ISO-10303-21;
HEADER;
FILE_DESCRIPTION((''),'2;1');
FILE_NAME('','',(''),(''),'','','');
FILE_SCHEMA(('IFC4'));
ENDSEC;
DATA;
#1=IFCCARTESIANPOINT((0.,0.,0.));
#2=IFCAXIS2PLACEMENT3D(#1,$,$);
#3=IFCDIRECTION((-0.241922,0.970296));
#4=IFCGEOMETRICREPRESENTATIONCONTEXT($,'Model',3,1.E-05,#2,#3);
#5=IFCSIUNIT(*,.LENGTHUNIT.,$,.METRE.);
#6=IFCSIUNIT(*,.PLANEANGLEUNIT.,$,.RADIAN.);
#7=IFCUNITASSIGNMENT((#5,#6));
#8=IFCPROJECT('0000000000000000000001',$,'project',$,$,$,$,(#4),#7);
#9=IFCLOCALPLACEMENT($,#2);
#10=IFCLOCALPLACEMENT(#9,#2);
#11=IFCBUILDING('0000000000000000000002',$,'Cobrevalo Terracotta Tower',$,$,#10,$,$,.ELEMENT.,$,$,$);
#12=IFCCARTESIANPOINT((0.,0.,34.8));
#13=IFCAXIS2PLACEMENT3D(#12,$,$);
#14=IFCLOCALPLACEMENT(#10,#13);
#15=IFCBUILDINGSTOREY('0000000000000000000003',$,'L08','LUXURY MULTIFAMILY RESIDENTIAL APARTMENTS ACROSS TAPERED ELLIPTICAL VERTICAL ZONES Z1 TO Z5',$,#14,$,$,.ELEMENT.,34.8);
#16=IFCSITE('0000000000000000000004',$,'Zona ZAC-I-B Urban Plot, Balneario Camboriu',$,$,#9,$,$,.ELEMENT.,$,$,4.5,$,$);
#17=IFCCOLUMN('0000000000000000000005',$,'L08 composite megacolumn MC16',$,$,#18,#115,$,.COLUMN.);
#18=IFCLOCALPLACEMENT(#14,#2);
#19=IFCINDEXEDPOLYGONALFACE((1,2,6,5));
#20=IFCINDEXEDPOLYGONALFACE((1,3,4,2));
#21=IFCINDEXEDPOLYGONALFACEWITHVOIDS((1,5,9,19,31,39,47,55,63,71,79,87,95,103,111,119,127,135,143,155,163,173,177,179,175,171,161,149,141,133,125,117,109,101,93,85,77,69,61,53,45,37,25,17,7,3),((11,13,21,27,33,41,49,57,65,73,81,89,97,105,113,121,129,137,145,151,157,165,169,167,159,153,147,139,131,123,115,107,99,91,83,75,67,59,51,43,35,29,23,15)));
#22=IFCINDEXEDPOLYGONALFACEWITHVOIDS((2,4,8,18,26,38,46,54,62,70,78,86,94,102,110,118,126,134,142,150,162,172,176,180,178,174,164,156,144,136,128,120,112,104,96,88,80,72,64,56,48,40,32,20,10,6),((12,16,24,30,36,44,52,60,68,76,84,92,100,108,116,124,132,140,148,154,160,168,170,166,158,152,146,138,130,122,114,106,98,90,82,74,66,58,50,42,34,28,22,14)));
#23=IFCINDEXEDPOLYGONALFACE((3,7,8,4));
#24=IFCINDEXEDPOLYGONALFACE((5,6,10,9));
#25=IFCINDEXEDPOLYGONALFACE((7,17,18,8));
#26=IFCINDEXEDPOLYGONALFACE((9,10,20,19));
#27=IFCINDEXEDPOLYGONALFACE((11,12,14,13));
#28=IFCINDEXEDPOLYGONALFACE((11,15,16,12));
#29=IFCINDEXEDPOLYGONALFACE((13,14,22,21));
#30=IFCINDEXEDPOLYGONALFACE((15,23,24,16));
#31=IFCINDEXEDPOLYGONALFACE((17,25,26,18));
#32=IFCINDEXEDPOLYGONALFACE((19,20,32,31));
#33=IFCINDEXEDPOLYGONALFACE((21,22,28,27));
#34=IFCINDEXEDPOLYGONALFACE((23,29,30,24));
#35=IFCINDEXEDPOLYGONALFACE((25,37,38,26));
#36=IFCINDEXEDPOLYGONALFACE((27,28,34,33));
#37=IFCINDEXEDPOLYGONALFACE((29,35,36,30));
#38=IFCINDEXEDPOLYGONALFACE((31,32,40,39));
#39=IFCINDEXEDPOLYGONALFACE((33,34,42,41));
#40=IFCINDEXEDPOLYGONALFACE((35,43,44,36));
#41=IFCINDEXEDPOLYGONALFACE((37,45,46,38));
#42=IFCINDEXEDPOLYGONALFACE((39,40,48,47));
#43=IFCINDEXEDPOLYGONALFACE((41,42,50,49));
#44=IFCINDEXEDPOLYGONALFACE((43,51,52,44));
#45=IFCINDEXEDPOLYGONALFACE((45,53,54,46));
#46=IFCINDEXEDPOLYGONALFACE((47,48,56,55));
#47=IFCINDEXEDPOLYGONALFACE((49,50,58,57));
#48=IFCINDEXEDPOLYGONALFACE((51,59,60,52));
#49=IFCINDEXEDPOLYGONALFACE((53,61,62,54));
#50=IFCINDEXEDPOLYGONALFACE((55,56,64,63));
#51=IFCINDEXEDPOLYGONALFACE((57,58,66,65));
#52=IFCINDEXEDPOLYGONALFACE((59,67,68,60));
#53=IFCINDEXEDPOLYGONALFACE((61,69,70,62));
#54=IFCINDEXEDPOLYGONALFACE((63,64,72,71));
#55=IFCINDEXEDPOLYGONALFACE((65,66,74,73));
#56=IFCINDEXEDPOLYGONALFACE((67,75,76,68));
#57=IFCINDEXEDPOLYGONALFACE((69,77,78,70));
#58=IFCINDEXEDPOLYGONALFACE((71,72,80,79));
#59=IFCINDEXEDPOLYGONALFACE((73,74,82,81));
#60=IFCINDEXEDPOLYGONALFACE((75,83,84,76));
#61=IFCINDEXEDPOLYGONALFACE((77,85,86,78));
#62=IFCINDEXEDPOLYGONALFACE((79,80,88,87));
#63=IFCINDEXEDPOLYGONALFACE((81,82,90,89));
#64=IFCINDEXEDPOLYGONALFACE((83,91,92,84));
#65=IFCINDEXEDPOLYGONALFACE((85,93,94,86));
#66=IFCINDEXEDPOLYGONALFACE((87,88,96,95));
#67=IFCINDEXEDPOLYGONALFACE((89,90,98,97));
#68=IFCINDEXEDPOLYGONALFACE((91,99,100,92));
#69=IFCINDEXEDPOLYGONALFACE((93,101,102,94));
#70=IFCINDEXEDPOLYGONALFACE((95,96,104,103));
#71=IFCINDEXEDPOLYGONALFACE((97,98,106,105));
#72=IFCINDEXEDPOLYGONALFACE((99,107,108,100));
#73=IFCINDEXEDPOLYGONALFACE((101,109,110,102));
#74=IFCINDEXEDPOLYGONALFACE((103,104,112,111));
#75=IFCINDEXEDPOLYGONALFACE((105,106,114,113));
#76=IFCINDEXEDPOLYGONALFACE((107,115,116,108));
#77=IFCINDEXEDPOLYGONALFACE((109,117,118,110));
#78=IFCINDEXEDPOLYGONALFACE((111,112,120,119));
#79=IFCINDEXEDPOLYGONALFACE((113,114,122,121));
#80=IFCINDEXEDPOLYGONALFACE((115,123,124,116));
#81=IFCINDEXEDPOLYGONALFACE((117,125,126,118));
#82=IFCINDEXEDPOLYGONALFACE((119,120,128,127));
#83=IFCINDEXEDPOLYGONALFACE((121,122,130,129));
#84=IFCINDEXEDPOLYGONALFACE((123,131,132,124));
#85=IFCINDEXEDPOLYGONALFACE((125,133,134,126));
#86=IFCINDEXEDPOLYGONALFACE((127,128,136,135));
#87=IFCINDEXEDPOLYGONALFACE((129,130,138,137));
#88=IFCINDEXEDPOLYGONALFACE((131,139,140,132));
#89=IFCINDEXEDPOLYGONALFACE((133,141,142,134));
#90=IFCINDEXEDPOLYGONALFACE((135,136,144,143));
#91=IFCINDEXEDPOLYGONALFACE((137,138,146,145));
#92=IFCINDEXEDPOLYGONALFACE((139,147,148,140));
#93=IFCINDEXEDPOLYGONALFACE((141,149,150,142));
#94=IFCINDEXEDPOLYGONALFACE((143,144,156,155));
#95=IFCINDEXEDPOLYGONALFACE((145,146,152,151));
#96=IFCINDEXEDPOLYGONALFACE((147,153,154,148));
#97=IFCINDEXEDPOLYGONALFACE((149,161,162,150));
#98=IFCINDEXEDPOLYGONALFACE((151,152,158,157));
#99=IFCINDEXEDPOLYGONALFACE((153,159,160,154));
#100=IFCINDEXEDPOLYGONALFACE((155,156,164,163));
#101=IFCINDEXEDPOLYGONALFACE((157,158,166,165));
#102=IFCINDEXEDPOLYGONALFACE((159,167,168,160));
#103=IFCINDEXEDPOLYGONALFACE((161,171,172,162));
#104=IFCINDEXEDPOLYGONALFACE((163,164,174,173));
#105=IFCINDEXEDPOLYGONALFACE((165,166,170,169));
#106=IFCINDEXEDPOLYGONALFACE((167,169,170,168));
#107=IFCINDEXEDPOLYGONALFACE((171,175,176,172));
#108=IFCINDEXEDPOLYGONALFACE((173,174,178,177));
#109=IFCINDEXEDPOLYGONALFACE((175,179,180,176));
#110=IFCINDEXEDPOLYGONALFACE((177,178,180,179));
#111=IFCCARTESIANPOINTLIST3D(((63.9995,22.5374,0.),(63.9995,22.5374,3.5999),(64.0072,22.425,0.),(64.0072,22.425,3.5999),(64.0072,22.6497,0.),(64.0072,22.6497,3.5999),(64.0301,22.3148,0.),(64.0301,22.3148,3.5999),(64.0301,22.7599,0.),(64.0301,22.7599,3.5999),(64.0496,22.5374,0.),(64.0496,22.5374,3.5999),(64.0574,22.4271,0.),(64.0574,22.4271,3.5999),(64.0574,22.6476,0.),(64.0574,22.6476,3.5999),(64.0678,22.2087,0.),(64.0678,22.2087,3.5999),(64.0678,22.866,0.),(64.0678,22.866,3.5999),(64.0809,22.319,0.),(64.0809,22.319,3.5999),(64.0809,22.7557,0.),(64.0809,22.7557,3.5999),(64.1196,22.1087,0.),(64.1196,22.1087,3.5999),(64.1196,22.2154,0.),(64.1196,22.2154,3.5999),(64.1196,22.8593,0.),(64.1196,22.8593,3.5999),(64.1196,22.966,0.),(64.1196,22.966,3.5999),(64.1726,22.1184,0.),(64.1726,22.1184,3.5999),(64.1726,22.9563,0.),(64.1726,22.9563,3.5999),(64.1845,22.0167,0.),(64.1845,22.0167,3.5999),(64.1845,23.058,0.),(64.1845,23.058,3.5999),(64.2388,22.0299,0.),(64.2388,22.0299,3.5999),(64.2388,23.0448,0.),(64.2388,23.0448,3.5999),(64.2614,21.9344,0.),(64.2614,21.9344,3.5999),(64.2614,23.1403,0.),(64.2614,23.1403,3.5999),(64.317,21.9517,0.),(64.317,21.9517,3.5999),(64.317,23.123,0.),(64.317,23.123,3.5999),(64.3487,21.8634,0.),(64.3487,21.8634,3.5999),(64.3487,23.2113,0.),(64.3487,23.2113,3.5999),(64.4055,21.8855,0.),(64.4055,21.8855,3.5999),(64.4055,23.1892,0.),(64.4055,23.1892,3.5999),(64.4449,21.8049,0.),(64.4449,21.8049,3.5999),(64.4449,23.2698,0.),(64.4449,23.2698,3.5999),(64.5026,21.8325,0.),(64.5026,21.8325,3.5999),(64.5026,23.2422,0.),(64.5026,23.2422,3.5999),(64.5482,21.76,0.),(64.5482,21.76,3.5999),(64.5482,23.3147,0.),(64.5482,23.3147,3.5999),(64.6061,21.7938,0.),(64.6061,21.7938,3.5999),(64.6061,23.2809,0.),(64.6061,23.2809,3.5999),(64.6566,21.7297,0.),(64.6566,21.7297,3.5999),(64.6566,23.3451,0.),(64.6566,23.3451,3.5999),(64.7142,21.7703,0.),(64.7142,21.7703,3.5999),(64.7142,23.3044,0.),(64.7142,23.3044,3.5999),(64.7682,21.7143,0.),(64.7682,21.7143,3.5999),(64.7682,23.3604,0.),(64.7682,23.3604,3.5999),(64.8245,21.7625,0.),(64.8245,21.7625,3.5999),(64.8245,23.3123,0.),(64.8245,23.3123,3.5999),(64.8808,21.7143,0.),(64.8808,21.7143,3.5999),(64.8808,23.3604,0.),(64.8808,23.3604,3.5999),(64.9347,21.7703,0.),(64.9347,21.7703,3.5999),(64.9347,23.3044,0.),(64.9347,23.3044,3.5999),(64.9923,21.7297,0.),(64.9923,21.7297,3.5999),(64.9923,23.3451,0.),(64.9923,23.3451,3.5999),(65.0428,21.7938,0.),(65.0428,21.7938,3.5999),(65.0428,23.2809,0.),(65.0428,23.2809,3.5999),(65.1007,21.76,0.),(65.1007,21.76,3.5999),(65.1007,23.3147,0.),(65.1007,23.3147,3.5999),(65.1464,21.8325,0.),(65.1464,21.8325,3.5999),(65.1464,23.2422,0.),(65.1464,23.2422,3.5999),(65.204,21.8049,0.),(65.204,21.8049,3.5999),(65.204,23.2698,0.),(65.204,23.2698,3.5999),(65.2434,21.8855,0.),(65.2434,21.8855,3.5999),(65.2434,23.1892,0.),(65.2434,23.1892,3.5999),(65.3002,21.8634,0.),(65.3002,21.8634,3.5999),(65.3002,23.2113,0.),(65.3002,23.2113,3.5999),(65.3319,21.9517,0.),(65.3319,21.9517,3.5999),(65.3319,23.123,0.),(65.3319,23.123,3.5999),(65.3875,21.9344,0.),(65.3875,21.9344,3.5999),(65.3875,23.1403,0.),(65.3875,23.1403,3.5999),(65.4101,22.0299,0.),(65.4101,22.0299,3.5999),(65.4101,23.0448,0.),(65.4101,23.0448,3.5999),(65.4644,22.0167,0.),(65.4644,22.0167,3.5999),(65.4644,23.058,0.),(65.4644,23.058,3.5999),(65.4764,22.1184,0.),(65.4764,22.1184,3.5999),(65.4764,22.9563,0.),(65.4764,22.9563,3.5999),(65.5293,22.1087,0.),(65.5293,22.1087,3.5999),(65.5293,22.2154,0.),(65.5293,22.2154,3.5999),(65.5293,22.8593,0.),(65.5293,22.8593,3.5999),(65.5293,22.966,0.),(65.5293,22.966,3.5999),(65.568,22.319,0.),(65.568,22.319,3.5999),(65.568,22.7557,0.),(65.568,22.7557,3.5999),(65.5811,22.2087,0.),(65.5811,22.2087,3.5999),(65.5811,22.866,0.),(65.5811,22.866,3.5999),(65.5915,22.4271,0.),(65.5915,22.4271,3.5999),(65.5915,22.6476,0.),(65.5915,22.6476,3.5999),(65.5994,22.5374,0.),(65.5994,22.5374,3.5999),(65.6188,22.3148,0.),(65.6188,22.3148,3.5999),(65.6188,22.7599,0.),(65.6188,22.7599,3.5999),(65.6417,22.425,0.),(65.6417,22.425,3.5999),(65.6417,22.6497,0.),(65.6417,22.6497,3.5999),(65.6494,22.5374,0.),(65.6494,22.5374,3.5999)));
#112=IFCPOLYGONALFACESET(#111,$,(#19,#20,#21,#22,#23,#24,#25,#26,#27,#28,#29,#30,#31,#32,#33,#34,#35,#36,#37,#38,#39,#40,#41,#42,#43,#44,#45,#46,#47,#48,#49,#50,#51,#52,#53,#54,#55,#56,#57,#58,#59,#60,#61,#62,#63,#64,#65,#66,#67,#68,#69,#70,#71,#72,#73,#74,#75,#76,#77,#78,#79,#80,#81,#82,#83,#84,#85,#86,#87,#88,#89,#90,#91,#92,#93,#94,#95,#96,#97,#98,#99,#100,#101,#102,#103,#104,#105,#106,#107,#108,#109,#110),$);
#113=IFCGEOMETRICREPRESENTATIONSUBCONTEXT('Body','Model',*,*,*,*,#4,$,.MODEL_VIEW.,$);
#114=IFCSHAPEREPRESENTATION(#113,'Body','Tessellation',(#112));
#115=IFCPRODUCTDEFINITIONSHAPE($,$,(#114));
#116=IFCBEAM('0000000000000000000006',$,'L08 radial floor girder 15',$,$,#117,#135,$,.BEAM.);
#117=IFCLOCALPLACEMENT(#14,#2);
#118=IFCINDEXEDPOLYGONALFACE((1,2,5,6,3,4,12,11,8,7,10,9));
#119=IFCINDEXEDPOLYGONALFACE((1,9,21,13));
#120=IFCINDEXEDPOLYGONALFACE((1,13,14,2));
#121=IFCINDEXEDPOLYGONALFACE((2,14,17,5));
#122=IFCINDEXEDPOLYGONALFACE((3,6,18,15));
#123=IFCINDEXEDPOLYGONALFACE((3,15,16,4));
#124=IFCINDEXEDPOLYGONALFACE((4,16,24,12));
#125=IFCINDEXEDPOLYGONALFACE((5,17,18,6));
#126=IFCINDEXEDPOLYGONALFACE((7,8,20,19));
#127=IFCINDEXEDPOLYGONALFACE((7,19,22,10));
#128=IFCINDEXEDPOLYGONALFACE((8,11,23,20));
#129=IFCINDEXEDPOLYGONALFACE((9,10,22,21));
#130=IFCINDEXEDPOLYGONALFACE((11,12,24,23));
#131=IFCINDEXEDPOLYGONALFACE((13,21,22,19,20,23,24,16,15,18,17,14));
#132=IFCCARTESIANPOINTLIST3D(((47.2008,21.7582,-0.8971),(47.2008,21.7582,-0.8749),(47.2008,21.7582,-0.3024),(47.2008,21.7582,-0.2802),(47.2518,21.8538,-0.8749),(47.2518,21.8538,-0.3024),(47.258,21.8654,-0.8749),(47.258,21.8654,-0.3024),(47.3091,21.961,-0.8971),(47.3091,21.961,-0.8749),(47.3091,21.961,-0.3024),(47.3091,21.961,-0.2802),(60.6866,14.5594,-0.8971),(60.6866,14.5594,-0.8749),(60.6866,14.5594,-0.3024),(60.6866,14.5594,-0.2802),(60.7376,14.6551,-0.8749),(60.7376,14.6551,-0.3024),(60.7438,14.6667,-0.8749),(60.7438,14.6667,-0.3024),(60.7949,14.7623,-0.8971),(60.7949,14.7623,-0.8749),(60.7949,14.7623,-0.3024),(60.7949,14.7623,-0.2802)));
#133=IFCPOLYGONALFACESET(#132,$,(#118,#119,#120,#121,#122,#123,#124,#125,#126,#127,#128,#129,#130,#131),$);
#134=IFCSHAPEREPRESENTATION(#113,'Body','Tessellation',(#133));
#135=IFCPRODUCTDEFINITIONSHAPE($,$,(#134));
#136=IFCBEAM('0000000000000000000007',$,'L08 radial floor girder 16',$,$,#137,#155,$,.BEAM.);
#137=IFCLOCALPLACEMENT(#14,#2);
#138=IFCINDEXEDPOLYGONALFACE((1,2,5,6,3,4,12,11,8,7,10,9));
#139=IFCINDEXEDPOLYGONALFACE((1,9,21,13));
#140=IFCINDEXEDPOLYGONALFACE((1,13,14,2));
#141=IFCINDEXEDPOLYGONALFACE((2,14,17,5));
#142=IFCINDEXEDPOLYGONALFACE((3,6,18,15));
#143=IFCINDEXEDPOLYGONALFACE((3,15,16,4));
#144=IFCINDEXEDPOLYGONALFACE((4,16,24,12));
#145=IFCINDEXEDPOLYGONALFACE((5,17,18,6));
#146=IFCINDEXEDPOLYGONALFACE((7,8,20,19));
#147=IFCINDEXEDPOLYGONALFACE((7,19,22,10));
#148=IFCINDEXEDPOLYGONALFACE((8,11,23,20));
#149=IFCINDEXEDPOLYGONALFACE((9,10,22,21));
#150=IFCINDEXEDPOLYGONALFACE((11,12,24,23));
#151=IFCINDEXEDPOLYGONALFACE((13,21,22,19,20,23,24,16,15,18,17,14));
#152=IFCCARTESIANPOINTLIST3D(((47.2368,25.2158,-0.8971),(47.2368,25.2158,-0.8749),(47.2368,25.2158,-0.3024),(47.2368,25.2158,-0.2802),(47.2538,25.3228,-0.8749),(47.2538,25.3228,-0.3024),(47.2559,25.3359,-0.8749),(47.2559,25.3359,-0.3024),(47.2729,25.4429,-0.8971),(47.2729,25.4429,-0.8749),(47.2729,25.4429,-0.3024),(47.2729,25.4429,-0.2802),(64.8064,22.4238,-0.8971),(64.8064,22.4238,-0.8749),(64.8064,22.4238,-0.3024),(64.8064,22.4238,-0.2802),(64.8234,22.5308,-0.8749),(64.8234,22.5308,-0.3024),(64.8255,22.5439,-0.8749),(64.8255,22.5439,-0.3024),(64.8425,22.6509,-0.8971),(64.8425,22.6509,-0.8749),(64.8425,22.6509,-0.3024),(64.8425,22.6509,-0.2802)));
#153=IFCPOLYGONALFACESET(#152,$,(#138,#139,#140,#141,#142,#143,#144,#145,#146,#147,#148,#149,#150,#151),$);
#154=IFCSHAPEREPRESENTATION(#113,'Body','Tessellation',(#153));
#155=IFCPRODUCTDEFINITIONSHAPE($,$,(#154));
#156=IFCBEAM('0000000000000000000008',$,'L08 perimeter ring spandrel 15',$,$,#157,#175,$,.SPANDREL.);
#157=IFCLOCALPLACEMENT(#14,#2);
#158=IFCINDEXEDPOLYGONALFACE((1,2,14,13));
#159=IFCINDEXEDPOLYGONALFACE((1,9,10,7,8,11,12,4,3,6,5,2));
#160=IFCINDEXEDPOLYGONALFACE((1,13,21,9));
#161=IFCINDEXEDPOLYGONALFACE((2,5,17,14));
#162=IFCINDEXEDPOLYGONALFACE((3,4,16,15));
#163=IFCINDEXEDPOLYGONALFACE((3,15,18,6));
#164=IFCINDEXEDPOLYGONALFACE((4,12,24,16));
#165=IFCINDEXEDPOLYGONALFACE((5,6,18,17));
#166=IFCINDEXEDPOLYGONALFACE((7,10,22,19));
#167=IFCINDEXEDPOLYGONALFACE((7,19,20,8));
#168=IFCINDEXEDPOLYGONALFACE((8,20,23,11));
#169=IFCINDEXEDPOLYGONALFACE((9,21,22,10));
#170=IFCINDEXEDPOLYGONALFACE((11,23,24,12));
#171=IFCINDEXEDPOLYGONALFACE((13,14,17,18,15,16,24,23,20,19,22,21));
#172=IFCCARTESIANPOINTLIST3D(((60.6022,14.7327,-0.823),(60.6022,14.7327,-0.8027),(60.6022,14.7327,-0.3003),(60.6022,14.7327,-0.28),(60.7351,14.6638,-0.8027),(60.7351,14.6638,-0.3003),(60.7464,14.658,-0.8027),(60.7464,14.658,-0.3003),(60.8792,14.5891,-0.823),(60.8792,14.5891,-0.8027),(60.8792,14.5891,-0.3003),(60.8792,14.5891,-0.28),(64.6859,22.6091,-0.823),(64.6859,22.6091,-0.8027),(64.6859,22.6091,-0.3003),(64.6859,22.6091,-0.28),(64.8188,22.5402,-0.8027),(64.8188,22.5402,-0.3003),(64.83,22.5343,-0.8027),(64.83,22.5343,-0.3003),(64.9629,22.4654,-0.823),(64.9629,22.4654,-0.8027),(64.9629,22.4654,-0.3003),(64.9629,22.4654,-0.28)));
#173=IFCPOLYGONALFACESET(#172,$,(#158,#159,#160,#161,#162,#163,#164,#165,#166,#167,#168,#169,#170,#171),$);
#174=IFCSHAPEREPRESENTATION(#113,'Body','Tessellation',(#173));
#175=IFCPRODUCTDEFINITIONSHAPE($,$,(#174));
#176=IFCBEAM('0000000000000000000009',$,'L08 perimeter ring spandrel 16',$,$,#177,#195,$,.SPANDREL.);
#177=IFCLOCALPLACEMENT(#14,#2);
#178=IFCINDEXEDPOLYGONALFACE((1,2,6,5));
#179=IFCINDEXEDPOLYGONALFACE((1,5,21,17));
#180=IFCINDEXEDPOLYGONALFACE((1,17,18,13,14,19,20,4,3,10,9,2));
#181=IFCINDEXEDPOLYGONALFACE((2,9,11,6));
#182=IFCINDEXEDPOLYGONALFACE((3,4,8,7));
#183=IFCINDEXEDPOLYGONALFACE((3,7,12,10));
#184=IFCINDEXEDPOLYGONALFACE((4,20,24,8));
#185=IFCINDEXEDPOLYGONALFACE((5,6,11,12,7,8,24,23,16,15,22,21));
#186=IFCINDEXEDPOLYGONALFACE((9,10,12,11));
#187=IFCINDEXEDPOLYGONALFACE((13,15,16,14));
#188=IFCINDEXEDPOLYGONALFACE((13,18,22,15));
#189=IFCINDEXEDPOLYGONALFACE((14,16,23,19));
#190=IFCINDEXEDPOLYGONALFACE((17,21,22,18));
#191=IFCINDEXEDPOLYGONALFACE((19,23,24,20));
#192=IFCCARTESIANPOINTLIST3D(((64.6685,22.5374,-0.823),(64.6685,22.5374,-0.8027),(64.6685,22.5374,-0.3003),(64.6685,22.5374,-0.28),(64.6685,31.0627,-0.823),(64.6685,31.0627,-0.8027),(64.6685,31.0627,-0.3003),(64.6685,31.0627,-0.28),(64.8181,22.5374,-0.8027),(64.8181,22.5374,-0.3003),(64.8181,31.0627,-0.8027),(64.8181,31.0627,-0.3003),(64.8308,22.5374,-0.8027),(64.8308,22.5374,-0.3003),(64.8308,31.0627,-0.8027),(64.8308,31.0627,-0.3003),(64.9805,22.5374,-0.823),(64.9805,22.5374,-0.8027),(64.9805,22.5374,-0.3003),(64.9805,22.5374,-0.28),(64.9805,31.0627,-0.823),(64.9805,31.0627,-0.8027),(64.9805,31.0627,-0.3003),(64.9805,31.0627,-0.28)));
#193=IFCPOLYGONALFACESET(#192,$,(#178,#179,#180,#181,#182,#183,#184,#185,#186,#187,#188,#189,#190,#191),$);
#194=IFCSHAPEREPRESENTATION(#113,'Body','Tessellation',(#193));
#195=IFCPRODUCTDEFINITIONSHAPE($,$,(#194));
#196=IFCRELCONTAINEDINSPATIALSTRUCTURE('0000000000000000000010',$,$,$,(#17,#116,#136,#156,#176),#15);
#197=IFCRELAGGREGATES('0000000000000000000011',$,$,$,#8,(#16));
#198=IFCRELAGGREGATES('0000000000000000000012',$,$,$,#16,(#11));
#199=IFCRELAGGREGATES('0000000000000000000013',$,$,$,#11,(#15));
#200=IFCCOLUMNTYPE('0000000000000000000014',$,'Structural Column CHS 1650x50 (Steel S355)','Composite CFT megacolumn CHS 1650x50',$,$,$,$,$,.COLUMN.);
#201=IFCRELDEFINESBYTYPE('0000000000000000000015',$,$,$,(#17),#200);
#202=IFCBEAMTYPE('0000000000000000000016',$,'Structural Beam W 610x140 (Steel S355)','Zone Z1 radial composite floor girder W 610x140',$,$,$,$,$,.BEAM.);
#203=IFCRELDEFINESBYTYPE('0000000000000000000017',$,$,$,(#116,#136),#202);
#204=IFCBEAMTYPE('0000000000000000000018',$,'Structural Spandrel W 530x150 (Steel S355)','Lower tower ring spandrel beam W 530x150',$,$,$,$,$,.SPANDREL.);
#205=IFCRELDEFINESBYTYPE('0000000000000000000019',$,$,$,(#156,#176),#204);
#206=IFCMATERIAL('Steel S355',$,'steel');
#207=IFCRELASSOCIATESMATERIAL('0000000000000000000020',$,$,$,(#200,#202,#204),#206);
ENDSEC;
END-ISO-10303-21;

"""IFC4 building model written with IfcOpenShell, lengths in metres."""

from ifc_helpers import new_model, si_unit, direction, frame, origin, origin_2d, place, context, subcontext, project, spatial, hollow_circle, i_section, extrude, material, material_profile, profile_set, type_object, element, save


model = new_model("IFC4")

# Units and contexts
model_context = context("Model", 3, precision=1e-05, world=origin(), true_north=direction((-0.241922, 0.970296)))
body_context = subcontext(model_context, "Body", "Model", "MODEL_VIEW")
ifc_project = project(units=[si_unit("LENGTHUNIT", "METRE"), si_unit("PLANEANGLEUNIT", "RADIAN")], contexts=[model_context])

# Site, building, storey
site_placement = place(None, origin())
site = spatial("IfcSite", under=ifc_project, at=site_placement, Name="Zona ZAC-I-B Urban Plot, Balneario Camboriu", CompositionType="ELEMENT", RefElevation=4.5)
building_placement = place(site_placement, origin())
building = spatial("IfcBuilding", under=site, at=building_placement, Name="Cobrevalo Terracotta Tower", CompositionType="ELEMENT")
storey_placement = place(building_placement, frame((0.0, 0.0, 34.8)))
storey = spatial("IfcBuildingStorey", under=building, at=storey_placement, Name="L08", Description="LUXURY MULTIFAMILY RESIDENTIAL APARTMENTS ACROSS TAPERED ELLIPTICAL VERTICAL ZONES Z1 TO Z5", CompositionType="ELEMENT", Elevation=34.8)

# Column
ifc_material_1 = material(Name="Steel S355", Category="steel")
ifc_material_profile_1 = material_profile(ifc_material_1, hollow_circle(Radius=0.825, WallThickness=0.05, at=origin_2d()), Name="CHS 1650x50")
ifc_profile_set_1 = profile_set([ifc_material_profile_1], Name="Steel S355")
column_type = type_object("IfcColumnType", Name="Structural Column CHS 1650x50 (Steel S355)", Description="Composite CFT megacolumn CHS 1650x50", PredefinedType="COLUMN", material=ifc_profile_set_1)
for number, where, z_axis, x_axis, name in (
    (1, (64.8245, 22.5374, 0.0), (0.0, 0.0, 1.0), (1.0, 0.0, 0.0), "L08 composite megacolumn MC16"),
):
    element("IfcColumn", number, at=place(storey_placement, frame(where, z_axis=z_axis, x_axis=x_axis)), inside=storey, type_object=column_type, Name=name, PredefinedType="COLUMN", context=body_context, shape_type="SweptSolid", body=[
        extrude(hollow_circle(Radius=0.825, WallThickness=0.05, at=origin_2d()), origin(), (0.0, 0.0, 1.0), 3.5999),
    ])

# Beams
ifc_material_profile_2 = material_profile(ifc_material_1, i_section(OverallWidth=0.23, OverallDepth=0.6169, WebThickness=0.0132, FlangeThickness=0.0222, at=origin_2d()), Name="W 610x140")
ifc_profile_set_2 = profile_set([ifc_material_profile_2], Name="Steel S355")
beam_type_1 = type_object("IfcBeamType", Name="Structural Beam W 610x140 (Steel S355)", Description="Zone Z1 radial composite floor girder W 610x140", PredefinedType="BEAM", material=ifc_profile_set_2)
beam_1_placement = place(storey_placement, frame((60.7407, 14.6609, -0.5886), z_axis=(-0.882182, 0.470908, 0.0), x_axis=(-0.470908, -0.882182, 0.0)))
element("IfcBeam", 2, at=beam_1_placement, inside=storey, type_object=beam_type_1, Name="L08 radial floor girder 15", PredefinedType="BEAM", context=body_context, shape_type="SweptSolid", body=[
    extrude(i_section(OverallWidth=0.23, OverallDepth=0.6169, WebThickness=0.0132, FlangeThickness=0.0222, at=origin_2d()), origin(), (0.0, 0.0, 1.0), 15.2869),
])
beam_2_placement = place(storey_placement, frame((64.8245, 22.5374, -0.5886), z_axis=(-0.987608, 0.156941, 0.0), x_axis=(-0.156941, -0.987608, 0.0)))
element("IfcBeam", 3, at=beam_2_placement, inside=storey, type_object=beam_type_1, Name="L08 radial floor girder 16", PredefinedType="BEAM", context=body_context, shape_type="SweptSolid", body=[
    extrude(i_section(OverallWidth=0.23, OverallDepth=0.6169, WebThickness=0.0132, FlangeThickness=0.0222, at=origin_2d()), origin(), (0.0, 0.0, 1.0), 17.79),
])
ifc_material_profile_3 = material_profile(ifc_material_1, i_section(OverallWidth=0.312, OverallDepth=0.543, WebThickness=0.0127, FlangeThickness=0.0203, at=origin_2d()), Name="W 530x150")
ifc_profile_set_3 = profile_set([ifc_material_profile_3], Name="Steel S355")
beam_type_2 = type_object("IfcBeamType", Name="Structural Spandrel W 530x150 (Steel S355)", Description="Lower tower ring spandrel beam W 530x150", PredefinedType="SPANDREL", material=ifc_profile_set_3)
beam_3_placement = place(storey_placement, frame((60.7407, 14.6609, -0.5515), z_axis=(0.460286, 0.887771, 0.0), x_axis=(-0.887771, 0.460286, 0.0)))
element("IfcBeam", 4, at=beam_3_placement, inside=storey, type_object=beam_type_2, Name="L08 perimeter ring spandrel 15", PredefinedType="SPANDREL", context=body_context, shape_type="SweptSolid", body=[
    extrude(i_section(OverallWidth=0.312, OverallDepth=0.543, WebThickness=0.0127, FlangeThickness=0.0203, at=origin_2d()), origin(), (0.0, 0.0, 1.0), 8.8721),
])
beam_4_placement = place(storey_placement, frame((64.8245, 22.5374, -0.5515), z_axis=(0.0, 1.0, 0.0), x_axis=(-1.0, 0.0, 0.0)))
element("IfcBeam", 5, at=beam_4_placement, inside=storey, type_object=beam_type_2, Name="L08 perimeter ring spandrel 16", PredefinedType="SPANDREL", context=body_context, shape_type="SweptSolid", body=[
    extrude(i_section(OverallWidth=0.312, OverallDepth=0.543, WebThickness=0.0127, FlangeThickness=0.0203, at=origin_2d()), origin(), (0.0, 0.0, 1.0), 8.5254),
])

save(model, "model.ifc")
